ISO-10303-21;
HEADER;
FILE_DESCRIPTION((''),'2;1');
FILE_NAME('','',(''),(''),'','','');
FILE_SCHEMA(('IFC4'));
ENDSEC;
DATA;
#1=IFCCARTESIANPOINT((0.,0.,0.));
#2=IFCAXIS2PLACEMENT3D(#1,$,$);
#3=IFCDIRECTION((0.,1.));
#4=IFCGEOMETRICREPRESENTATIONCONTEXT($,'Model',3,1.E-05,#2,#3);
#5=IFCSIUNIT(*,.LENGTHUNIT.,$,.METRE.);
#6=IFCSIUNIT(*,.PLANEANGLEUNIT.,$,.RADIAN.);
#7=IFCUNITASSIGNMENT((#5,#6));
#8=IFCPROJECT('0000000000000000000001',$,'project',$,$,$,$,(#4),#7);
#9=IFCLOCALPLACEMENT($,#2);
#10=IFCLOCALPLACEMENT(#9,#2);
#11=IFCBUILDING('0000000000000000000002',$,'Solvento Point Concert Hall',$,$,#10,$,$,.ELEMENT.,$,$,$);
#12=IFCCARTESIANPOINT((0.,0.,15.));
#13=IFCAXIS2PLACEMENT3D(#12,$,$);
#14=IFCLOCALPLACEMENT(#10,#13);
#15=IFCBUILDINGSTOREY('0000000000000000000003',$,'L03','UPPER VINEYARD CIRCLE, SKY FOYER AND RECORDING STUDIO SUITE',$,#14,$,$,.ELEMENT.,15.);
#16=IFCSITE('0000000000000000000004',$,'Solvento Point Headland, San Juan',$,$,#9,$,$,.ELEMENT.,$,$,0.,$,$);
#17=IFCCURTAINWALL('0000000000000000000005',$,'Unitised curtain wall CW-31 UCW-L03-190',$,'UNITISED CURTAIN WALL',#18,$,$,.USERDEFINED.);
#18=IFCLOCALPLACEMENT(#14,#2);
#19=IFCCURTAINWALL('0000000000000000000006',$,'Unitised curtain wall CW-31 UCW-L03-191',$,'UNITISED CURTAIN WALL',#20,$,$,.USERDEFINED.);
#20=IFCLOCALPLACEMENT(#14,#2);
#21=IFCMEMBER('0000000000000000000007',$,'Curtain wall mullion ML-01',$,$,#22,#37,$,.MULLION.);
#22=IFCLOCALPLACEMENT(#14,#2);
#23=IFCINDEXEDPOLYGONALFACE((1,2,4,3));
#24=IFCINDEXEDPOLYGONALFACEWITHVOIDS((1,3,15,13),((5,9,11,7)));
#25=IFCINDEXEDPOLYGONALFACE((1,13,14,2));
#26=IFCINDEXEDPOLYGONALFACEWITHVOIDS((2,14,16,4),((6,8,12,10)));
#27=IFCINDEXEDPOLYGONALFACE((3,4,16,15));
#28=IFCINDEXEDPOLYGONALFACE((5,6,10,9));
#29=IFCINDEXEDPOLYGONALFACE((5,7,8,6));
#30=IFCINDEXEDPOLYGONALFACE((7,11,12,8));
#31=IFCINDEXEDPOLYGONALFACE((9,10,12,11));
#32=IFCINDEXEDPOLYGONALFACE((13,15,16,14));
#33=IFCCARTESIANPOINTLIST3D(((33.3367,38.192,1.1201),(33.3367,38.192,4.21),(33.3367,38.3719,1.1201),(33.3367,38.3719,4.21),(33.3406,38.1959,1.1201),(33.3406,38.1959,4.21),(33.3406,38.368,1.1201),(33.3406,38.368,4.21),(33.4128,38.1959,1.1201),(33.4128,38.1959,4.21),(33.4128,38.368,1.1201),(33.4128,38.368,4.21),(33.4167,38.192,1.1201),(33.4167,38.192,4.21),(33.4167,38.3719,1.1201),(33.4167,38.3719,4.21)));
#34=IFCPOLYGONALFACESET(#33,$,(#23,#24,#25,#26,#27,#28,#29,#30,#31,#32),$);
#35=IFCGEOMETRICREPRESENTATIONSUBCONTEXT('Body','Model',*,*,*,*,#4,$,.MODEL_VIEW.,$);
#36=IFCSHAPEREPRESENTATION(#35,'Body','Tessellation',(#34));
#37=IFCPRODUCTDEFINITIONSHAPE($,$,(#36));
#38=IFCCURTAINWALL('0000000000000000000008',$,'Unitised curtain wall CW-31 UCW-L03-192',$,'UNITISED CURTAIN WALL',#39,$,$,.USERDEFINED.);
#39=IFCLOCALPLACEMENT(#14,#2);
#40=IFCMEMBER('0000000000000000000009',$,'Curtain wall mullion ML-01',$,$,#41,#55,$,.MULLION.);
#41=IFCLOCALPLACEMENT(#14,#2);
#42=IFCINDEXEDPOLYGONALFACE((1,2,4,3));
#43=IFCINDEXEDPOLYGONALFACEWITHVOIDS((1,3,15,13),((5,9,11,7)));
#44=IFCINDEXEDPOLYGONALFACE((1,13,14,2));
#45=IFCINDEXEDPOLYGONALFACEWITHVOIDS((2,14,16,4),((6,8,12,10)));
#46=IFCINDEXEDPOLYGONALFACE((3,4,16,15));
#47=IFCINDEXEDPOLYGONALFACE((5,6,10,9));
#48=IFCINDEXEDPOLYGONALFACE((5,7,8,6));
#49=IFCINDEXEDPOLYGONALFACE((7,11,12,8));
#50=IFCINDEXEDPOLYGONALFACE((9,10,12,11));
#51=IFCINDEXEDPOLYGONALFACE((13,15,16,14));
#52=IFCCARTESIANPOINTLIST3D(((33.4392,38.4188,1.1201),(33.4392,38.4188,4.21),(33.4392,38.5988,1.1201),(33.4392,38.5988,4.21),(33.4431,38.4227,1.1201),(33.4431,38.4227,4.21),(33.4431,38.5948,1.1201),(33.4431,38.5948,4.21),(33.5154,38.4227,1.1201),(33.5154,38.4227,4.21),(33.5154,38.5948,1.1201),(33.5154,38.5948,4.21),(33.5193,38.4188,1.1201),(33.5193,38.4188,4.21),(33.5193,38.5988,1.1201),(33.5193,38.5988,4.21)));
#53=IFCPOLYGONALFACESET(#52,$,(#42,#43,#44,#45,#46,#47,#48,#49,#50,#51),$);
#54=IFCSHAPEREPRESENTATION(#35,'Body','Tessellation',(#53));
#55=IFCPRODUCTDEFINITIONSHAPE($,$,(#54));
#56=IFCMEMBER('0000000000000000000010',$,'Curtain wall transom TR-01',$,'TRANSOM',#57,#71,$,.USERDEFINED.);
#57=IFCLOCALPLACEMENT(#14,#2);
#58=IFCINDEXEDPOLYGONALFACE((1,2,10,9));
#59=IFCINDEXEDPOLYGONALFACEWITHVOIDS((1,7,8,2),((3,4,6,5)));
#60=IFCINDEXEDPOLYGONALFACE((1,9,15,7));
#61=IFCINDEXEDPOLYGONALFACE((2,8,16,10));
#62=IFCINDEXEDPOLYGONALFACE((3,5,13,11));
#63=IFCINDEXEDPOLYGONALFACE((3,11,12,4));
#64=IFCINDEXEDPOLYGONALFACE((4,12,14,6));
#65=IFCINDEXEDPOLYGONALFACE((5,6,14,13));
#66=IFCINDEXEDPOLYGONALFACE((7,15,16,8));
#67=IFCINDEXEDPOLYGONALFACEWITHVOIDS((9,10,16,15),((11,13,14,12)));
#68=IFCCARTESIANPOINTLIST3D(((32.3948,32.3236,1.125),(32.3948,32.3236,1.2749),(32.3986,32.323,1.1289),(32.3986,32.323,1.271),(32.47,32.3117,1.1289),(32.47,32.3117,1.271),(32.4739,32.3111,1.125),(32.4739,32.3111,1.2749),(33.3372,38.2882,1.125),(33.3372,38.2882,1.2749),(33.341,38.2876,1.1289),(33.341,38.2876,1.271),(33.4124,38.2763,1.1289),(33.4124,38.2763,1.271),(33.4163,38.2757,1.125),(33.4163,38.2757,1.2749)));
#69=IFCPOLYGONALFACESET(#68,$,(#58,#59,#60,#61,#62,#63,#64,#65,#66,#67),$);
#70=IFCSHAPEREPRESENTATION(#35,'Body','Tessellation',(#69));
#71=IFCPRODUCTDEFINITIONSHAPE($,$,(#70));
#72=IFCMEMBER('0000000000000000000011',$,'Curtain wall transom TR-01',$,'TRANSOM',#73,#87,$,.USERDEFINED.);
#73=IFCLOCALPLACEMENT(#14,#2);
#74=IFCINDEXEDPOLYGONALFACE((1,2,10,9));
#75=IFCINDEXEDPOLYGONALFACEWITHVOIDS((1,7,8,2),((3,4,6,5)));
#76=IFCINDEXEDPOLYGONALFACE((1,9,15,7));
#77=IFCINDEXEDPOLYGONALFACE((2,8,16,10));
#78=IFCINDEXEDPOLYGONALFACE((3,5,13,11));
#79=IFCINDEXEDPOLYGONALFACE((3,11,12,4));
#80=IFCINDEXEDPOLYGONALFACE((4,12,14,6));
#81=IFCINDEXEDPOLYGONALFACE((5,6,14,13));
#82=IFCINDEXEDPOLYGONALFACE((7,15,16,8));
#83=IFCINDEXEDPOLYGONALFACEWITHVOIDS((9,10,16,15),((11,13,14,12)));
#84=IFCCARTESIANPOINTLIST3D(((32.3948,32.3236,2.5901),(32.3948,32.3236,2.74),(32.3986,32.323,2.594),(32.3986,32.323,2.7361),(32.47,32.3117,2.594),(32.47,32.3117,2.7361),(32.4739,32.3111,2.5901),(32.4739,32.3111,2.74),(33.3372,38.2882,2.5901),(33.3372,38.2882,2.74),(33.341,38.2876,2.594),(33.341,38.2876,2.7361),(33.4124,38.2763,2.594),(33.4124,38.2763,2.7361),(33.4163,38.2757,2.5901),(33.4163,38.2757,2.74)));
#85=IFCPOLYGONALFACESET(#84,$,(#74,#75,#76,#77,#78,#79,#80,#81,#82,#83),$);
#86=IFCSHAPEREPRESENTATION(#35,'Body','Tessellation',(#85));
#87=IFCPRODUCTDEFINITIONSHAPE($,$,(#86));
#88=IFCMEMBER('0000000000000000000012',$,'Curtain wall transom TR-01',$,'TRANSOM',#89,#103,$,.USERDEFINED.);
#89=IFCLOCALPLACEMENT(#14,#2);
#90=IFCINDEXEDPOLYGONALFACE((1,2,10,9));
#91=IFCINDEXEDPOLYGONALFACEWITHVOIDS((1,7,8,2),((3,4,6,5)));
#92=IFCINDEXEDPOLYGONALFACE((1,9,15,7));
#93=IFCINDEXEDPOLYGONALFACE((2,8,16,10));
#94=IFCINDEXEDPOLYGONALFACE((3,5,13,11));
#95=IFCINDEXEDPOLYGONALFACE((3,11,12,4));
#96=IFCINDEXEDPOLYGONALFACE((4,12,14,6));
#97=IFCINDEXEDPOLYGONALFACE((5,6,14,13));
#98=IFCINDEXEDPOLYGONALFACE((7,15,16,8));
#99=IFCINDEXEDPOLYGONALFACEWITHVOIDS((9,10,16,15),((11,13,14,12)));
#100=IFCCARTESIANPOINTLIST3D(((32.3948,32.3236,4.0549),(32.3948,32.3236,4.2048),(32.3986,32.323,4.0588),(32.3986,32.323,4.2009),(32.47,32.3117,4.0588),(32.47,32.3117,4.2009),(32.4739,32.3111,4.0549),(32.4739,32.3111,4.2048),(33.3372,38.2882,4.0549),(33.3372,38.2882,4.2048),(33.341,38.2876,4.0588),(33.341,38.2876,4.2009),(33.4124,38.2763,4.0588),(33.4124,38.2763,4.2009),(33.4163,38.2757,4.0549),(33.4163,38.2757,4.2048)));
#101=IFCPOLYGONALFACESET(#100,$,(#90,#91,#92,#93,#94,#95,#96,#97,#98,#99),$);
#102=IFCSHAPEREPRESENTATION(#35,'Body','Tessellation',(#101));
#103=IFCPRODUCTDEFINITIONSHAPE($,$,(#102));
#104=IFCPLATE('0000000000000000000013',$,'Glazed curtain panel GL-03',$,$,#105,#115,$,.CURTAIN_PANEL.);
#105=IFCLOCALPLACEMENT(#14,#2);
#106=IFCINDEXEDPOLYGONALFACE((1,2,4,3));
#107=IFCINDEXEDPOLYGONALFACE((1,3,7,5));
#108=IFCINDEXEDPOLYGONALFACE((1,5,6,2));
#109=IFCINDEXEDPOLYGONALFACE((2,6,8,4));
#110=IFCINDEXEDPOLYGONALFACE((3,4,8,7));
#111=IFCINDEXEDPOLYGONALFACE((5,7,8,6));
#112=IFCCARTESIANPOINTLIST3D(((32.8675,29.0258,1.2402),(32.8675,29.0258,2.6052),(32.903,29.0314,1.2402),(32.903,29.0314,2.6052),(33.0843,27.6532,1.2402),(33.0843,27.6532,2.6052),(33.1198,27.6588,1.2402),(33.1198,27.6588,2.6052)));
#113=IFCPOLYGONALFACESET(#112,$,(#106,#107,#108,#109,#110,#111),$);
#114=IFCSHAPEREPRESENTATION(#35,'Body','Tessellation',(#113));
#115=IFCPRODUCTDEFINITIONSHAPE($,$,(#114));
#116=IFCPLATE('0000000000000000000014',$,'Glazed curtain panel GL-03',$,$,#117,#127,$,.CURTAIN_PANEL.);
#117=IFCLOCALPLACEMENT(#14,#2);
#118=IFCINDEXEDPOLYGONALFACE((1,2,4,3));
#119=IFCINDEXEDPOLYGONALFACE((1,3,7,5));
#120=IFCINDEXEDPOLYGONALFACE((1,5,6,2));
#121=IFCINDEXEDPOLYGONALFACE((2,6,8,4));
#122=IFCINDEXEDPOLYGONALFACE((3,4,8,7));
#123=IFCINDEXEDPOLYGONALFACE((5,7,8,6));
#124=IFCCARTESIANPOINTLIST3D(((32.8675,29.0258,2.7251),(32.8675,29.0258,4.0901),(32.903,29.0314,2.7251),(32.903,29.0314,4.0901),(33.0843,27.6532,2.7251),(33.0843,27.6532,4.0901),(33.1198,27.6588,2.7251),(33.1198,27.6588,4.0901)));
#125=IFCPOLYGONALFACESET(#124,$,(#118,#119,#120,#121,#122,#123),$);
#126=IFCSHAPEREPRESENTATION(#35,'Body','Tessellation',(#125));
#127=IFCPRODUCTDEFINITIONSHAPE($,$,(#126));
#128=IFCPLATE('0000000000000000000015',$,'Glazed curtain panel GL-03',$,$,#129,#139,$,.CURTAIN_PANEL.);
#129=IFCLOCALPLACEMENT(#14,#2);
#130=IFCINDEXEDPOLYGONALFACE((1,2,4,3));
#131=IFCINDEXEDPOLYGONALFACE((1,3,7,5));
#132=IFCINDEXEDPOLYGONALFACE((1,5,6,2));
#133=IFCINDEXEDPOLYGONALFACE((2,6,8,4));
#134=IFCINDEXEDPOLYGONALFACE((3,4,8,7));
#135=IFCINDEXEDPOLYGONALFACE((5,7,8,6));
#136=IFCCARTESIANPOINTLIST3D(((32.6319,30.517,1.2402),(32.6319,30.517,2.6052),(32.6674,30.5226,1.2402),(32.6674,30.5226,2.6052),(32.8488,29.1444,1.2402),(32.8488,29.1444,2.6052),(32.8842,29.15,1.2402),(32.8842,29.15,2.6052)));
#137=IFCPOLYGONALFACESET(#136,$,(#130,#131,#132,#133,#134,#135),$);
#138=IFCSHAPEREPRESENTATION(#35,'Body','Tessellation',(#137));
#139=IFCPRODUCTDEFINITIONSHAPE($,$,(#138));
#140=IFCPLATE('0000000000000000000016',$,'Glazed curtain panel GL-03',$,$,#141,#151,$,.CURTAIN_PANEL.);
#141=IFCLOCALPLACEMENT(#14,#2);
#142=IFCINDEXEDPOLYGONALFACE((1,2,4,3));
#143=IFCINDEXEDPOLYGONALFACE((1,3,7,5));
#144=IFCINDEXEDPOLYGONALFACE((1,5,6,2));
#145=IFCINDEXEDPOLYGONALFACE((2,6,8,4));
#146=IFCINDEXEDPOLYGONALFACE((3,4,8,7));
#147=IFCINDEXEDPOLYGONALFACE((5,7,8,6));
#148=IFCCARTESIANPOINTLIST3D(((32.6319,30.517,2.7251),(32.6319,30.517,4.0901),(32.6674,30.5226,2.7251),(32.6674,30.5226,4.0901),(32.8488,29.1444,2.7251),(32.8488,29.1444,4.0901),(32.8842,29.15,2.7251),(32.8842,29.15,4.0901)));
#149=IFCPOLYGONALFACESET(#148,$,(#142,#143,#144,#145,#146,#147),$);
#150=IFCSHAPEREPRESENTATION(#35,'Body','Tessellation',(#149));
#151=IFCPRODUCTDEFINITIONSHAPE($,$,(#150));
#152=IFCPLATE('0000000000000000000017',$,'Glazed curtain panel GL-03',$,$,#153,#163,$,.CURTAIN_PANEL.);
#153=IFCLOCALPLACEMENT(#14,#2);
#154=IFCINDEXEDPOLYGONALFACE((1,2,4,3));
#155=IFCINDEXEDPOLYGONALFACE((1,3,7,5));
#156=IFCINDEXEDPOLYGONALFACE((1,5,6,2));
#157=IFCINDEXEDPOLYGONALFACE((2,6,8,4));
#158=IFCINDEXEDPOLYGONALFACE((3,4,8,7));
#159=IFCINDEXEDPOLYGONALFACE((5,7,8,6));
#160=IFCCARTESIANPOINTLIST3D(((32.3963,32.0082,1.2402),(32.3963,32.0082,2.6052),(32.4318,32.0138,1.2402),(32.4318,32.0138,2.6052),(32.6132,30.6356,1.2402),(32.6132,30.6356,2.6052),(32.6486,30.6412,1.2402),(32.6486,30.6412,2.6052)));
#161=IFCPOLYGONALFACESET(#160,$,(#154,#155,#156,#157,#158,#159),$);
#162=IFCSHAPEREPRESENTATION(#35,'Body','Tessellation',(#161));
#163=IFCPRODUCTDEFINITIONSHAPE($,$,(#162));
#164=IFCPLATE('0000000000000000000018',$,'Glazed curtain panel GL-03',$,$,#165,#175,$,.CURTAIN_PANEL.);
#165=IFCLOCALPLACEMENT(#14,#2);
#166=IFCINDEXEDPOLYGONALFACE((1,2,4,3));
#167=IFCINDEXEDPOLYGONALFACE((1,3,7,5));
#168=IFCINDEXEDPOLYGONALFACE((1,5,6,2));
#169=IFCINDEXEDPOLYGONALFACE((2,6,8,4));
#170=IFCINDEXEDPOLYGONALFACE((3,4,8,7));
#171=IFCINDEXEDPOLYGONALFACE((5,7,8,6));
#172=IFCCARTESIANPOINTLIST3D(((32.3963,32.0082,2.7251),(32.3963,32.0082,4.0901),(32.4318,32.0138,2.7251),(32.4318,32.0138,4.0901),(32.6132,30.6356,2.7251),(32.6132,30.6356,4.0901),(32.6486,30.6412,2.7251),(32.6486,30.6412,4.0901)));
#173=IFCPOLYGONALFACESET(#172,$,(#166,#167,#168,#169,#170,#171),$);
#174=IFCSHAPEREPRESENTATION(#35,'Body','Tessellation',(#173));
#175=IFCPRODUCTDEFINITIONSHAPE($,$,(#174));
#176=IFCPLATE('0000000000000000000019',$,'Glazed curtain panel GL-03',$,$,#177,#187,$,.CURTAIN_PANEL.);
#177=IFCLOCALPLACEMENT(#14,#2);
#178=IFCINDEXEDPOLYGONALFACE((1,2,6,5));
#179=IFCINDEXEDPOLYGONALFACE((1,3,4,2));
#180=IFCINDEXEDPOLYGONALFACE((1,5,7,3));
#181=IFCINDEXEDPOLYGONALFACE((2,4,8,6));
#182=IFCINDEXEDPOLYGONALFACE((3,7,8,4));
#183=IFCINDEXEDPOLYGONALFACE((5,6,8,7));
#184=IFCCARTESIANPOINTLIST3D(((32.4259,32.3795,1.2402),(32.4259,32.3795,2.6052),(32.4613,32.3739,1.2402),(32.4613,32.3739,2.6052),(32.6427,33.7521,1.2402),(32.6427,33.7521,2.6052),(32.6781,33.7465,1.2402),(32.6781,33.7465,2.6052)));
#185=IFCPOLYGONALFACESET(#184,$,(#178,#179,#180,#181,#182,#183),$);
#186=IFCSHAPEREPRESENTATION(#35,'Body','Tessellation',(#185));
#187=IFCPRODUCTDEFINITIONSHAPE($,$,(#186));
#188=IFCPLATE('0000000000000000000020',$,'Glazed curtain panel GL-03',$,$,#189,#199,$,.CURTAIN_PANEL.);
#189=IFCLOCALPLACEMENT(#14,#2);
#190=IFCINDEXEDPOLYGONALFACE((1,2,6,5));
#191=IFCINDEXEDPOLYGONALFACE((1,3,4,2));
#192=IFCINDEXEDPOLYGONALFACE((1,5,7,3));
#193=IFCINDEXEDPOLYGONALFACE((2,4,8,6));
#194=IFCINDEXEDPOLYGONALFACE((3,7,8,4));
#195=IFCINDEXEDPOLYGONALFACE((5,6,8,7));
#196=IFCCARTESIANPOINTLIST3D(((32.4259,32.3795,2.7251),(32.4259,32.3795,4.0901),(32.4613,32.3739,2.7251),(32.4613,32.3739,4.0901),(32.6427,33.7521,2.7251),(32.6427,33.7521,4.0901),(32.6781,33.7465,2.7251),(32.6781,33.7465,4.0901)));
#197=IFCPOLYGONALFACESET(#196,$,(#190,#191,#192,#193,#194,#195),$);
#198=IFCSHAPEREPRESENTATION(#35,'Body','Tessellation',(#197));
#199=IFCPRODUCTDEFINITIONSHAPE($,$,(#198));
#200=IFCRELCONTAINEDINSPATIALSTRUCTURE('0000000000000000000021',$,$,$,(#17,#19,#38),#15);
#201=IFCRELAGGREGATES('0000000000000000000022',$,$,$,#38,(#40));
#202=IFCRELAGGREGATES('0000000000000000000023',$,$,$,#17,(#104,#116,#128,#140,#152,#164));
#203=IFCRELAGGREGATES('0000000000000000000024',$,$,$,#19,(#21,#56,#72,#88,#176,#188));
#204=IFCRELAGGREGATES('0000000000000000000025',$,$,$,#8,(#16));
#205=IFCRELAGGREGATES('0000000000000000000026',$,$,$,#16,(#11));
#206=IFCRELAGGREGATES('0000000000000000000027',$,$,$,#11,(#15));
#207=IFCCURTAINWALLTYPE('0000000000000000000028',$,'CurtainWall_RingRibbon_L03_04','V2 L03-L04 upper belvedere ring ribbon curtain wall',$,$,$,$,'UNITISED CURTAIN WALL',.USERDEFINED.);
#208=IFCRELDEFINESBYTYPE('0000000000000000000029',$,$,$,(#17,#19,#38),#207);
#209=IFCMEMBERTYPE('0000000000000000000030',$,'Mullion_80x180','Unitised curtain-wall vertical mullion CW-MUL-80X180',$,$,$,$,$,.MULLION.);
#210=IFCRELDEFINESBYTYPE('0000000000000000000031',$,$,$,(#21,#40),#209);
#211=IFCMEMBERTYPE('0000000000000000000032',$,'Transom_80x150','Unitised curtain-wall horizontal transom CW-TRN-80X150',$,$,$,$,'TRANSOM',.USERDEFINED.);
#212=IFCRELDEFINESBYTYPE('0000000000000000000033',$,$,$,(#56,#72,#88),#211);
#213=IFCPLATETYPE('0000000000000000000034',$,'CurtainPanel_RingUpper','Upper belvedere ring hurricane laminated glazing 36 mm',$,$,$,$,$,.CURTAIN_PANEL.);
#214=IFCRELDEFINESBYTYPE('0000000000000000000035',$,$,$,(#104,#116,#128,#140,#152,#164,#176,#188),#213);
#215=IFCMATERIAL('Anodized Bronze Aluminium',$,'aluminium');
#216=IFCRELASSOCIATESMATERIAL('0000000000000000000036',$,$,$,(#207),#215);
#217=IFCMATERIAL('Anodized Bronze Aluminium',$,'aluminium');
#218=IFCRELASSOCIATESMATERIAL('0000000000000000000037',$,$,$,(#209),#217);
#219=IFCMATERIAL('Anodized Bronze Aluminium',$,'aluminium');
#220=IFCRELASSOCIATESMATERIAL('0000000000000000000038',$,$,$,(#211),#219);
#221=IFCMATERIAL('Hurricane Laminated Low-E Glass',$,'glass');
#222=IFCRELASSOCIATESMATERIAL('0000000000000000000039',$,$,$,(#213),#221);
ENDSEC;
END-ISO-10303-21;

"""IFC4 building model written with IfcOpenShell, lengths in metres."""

from ifc_helpers import new_model, si_unit, direction, frame, origin, origin_2d, place, context, subcontext, project, spatial, rectangle, hollow_rectangle, extrude, material, material_profile, profile_set, type_object, element, aggregate, save


model = new_model("IFC4")

# Units and contexts
model_context = context("Model", 3, precision=1e-05, world=origin(), true_north=direction((0.0, 1.0)))
body_context = subcontext(model_context, "Body", "Model", "MODEL_VIEW")
ifc_project = project(units=[si_unit("LENGTHUNIT", "METRE"), si_unit("PLANEANGLEUNIT", "RADIAN")], contexts=[model_context])

# Site, building, storey
site_placement = place(None, origin())
site = spatial("IfcSite", under=ifc_project, at=site_placement, Name="Solvento Point Headland, San Juan", CompositionType="ELEMENT", RefElevation=0.0)
building_placement = place(site_placement, origin())
building = spatial("IfcBuilding", under=site, at=building_placement, Name="Solvento Point Concert Hall", CompositionType="ELEMENT")
storey_placement = place(building_placement, frame((0.0, 0.0, 15.0)))
storey = spatial("IfcBuildingStorey", under=building, at=storey_placement, Name="L03", Description="UPPER VINEYARD CIRCLE, SKY FOYER AND RECORDING STUDIO SUITE", CompositionType="ELEMENT", Elevation=15.0)

# Curtain walls, member
ifc_material_1 = material(Name="Anodized Bronze Aluminium", Category="aluminium")
curtain_wall_type = type_object("IfcCurtainWallType", Name="CurtainWall_RingRibbon_L03_04", Description="V2 L03-L04 upper belvedere ring ribbon curtain wall", ElementType="UNITISED CURTAIN WALL", PredefinedType="USERDEFINED", material=ifc_material_1)
curtain_wall_1_placement = place(storey_placement, origin())
curtain_wall_1 = element("IfcCurtainWall", 1, at=curtain_wall_1_placement, inside=storey, type_object=curtain_wall_type, Name="Unitised curtain wall CW-31 UCW-L03-190", ObjectType="UNITISED CURTAIN WALL", PredefinedType="USERDEFINED")
ifc_material_2 = material(Name="Anodized Bronze Aluminium", Category="aluminium")
ifc_material_profile_1 = material_profile(ifc_material_2, hollow_rectangle(XDim=0.0801, YDim=0.1799, WallThickness=0.0039, at=origin_2d()), Name="CW-MUL-80X180")
ifc_profile_set_1 = profile_set([ifc_material_profile_1], Name="Anodized Bronze Aluminium")
member_type_1 = type_object("IfcMemberType", Name="Mullion_80x180", Description="Unitised curtain-wall vertical mullion CW-MUL-80X180", PredefinedType="MULLION", material=ifc_profile_set_1)
curtain_wall_2_placement = place(storey_placement, origin())
curtain_wall_2 = element("IfcCurtainWall", 2, at=curtain_wall_2_placement, inside=storey, type_object=curtain_wall_type, Name="Unitised curtain wall CW-31 UCW-L03-191", ObjectType="UNITISED CURTAIN WALL", PredefinedType="USERDEFINED")
member_1_placement = place(storey_placement, frame((33.3767, 38.282, 1.1201), z_axis=(0.0, 0.0, 1.0), x_axis=(1.0, 0.0, 0.0)))
member_1 = element("IfcMember", 3, at=member_1_placement, type_object=member_type_1, Name="Curtain wall mullion ML-01", PredefinedType="MULLION", context=body_context, shape_type="SweptSolid", body=[
    extrude(hollow_rectangle(XDim=0.0801, YDim=0.1799, WallThickness=0.0039, at=origin_2d()), origin(), (0.0, 0.0, 1.0), 3.0898),
])

# Curtain wall, member
curtain_wall_3_placement = place(storey_placement, origin())
curtain_wall_3 = element("IfcCurtainWall", 4, at=curtain_wall_3_placement, inside=storey, type_object=curtain_wall_type, Name="Unitised curtain wall CW-31 UCW-L03-192", ObjectType="UNITISED CURTAIN WALL", PredefinedType="USERDEFINED")
member_2_placement = place(storey_placement, frame((33.4792, 38.5088, 1.1201), z_axis=(0.0, 0.0, 1.0), x_axis=(1.0, 0.0, 0.0)))
member_2 = element("IfcMember", 5, at=member_2_placement, type_object=member_type_1, Name="Curtain wall mullion ML-01", PredefinedType="MULLION", context=body_context, shape_type="SweptSolid", body=[
    extrude(hollow_rectangle(XDim=0.0801, YDim=0.1799, WallThickness=0.0039, at=origin_2d()), origin(), (0.0, 0.0, 1.0), 3.0898),
])
aggregate(curtain_wall_3, [member_2])

# Members
ifc_material_3 = material(Name="Anodized Bronze Aluminium", Category="aluminium")
ifc_material_profile_2 = material_profile(ifc_material_3, hollow_rectangle(XDim=0.0801, YDim=0.1499, WallThickness=0.0039, at=origin_2d()), Name="CW-TRN-80X150")
ifc_profile_set_2 = profile_set([ifc_material_profile_2], Name="Anodized Bronze Aluminium")
member_type_2 = type_object("IfcMemberType", Name="Transom_80x150", Description="Unitised curtain-wall horizontal transom CW-TRN-80X150", ElementType="TRANSOM", PredefinedType="USERDEFINED", material=ifc_profile_set_2)
member_3_placement = place(storey_placement, frame((32.4343, 32.3174, 1.2), z_axis=(0.15606, 0.987748, 0.0), x_axis=(-0.987748, 0.15606, 0.0)))
member_3 = element("IfcMember", 6, at=member_3_placement, type_object=member_type_2, Name="Curtain wall transom TR-01", ObjectType="TRANSOM", PredefinedType="USERDEFINED", context=body_context, shape_type="SweptSolid", body=[
    extrude(hollow_rectangle(XDim=0.0801, YDim=0.1499, WallThickness=0.0039, at=origin_2d()), origin(), (0.0, 0.0, 1.0), 6.0386),
])
member_4_placement = place(storey_placement, frame((32.4343, 32.3174, 2.665), z_axis=(0.15606, 0.987748, 0.0), x_axis=(-0.987748, 0.15606, 0.0)))
member_4 = element("IfcMember", 7, at=member_4_placement, type_object=member_type_2, Name="Curtain wall transom TR-01", ObjectType="TRANSOM", PredefinedType="USERDEFINED", context=body_context, shape_type="SweptSolid", body=[
    extrude(hollow_rectangle(XDim=0.0801, YDim=0.1499, WallThickness=0.0039, at=origin_2d()), origin(), (0.0, 0.0, 1.0), 6.0386),
])
member_5_placement = place(storey_placement, frame((32.4343, 32.3174, 4.1299), z_axis=(0.15606, 0.987748, 0.0), x_axis=(-0.987748, 0.15606, 0.0)))
member_5 = element("IfcMember", 8, at=member_5_placement, type_object=member_type_2, Name="Curtain wall transom TR-01", ObjectType="TRANSOM", PredefinedType="USERDEFINED", context=body_context, shape_type="SweptSolid", body=[
    extrude(hollow_rectangle(XDim=0.0801, YDim=0.1499, WallThickness=0.0039, at=origin_2d()), origin(), (0.0, 0.0, 1.0), 6.0386),
])

# Plates
ifc_material_4 = material(Name="Hurricane Laminated Low-E Glass", Category="glass")
plate_type = type_object("IfcPlateType", Name="CurtainPanel_RingUpper", Description="Upper belvedere ring hurricane laminated glazing 36 mm", PredefinedType="CURTAIN_PANEL", material=ifc_material_4)
plate_1_placement = place(storey_placement, frame((32.9937, 28.3423, 1.2402), z_axis=(0.0, 0.0, 1.0), x_axis=(-0.156041, 0.987751, 0.0)))
plate_1 = element("IfcPlate", 9, at=plate_1_placement, type_object=plate_type, Name="Glazed curtain panel GL-03", PredefinedType="CURTAIN_PANEL", context=body_context, shape_type="SweptSolid", body=[
    extrude(rectangle(XDim=1.3896, YDim=0.0359, at=origin_2d()), origin(), (0.0, 0.0, 1.0), 1.365),
])
plate_2_placement = place(storey_placement, frame((32.9937, 28.3423, 2.7251), z_axis=(0.0, 0.0, 1.0), x_axis=(-0.156041, 0.987751, 0.0)))
plate_2 = element("IfcPlate", 10, at=plate_2_placement, type_object=plate_type, Name="Glazed curtain panel GL-03", PredefinedType="CURTAIN_PANEL", context=body_context, shape_type="SweptSolid", body=[
    extrude(rectangle(XDim=1.3896, YDim=0.0359, at=origin_2d()), origin(), (0.0, 0.0, 1.0), 1.365),
])
plate_3_placement = place(storey_placement, frame((32.7581, 29.8335, 1.2402), z_axis=(0.0, 0.0, 1.0), x_axis=(-0.156041, 0.987751, 0.0)))
plate_3 = element("IfcPlate", 11, at=plate_3_placement, type_object=plate_type, Name="Glazed curtain panel GL-03", PredefinedType="CURTAIN_PANEL", context=body_context, shape_type="SweptSolid", body=[
    extrude(rectangle(XDim=1.3896, YDim=0.0359, at=origin_2d()), origin(), (0.0, 0.0, 1.0), 1.365),
])
plate_4_placement = place(storey_placement, frame((32.7581, 29.8335, 2.7251), z_axis=(0.0, 0.0, 1.0), x_axis=(-0.156041, 0.987751, 0.0)))
plate_4 = element("IfcPlate", 12, at=plate_4_placement, type_object=plate_type, Name="Glazed curtain panel GL-03", PredefinedType="CURTAIN_PANEL", context=body_context, shape_type="SweptSolid", body=[
    extrude(rectangle(XDim=1.3896, YDim=0.0359, at=origin_2d()), origin(), (0.0, 0.0, 1.0), 1.365),
])
plate_5_placement = place(storey_placement, frame((32.5225, 31.3247, 1.2402), z_axis=(0.0, 0.0, 1.0), x_axis=(-0.156041, 0.987751, 0.0)))
plate_5 = element("IfcPlate", 13, at=plate_5_placement, type_object=plate_type, Name="Glazed curtain panel GL-03", PredefinedType="CURTAIN_PANEL", context=body_context, shape_type="SweptSolid", body=[
    extrude(rectangle(XDim=1.3896, YDim=0.0359, at=origin_2d()), origin(), (0.0, 0.0, 1.0), 1.365),
])
plate_6_placement = place(storey_placement, frame((32.5225, 31.3247, 2.7251), z_axis=(0.0, 0.0, 1.0), x_axis=(-0.156041, 0.987751, 0.0)))
plate_6 = element("IfcPlate", 14, at=plate_6_placement, type_object=plate_type, Name="Glazed curtain panel GL-03", PredefinedType="CURTAIN_PANEL", context=body_context, shape_type="SweptSolid", body=[
    extrude(rectangle(XDim=1.3896, YDim=0.0359, at=origin_2d()), origin(), (0.0, 0.0, 1.0), 1.365),
])
aggregate(curtain_wall_1, [plate_1, plate_2, plate_3, plate_4, plate_5, plate_6])
plate_7_placement = place(storey_placement, frame((32.552, 33.063, 1.2402), z_axis=(0.0, 0.0, 1.0), x_axis=(0.156041, 0.987751, 0.0)))
plate_7 = element("IfcPlate", 15, at=plate_7_placement, type_object=plate_type, Name="Glazed curtain panel GL-03", PredefinedType="CURTAIN_PANEL", context=body_context, shape_type="SweptSolid", body=[
    extrude(rectangle(XDim=1.3896, YDim=0.0359, at=origin_2d()), origin(), (0.0, 0.0, 1.0), 1.365),
])
plate_8_placement = place(storey_placement, frame((32.552, 33.063, 2.7251), z_axis=(0.0, 0.0, 1.0), x_axis=(0.156041, 0.987751, 0.0)))
plate_8 = element("IfcPlate", 16, at=plate_8_placement, type_object=plate_type, Name="Glazed curtain panel GL-03", PredefinedType="CURTAIN_PANEL", context=body_context, shape_type="SweptSolid", body=[
    extrude(rectangle(XDim=1.3896, YDim=0.0359, at=origin_2d()), origin(), (0.0, 0.0, 1.0), 1.365),
])
aggregate(curtain_wall_2, [member_1, member_3, member_4, member_5, plate_7, plate_8])

save(model, "model.ifc")
